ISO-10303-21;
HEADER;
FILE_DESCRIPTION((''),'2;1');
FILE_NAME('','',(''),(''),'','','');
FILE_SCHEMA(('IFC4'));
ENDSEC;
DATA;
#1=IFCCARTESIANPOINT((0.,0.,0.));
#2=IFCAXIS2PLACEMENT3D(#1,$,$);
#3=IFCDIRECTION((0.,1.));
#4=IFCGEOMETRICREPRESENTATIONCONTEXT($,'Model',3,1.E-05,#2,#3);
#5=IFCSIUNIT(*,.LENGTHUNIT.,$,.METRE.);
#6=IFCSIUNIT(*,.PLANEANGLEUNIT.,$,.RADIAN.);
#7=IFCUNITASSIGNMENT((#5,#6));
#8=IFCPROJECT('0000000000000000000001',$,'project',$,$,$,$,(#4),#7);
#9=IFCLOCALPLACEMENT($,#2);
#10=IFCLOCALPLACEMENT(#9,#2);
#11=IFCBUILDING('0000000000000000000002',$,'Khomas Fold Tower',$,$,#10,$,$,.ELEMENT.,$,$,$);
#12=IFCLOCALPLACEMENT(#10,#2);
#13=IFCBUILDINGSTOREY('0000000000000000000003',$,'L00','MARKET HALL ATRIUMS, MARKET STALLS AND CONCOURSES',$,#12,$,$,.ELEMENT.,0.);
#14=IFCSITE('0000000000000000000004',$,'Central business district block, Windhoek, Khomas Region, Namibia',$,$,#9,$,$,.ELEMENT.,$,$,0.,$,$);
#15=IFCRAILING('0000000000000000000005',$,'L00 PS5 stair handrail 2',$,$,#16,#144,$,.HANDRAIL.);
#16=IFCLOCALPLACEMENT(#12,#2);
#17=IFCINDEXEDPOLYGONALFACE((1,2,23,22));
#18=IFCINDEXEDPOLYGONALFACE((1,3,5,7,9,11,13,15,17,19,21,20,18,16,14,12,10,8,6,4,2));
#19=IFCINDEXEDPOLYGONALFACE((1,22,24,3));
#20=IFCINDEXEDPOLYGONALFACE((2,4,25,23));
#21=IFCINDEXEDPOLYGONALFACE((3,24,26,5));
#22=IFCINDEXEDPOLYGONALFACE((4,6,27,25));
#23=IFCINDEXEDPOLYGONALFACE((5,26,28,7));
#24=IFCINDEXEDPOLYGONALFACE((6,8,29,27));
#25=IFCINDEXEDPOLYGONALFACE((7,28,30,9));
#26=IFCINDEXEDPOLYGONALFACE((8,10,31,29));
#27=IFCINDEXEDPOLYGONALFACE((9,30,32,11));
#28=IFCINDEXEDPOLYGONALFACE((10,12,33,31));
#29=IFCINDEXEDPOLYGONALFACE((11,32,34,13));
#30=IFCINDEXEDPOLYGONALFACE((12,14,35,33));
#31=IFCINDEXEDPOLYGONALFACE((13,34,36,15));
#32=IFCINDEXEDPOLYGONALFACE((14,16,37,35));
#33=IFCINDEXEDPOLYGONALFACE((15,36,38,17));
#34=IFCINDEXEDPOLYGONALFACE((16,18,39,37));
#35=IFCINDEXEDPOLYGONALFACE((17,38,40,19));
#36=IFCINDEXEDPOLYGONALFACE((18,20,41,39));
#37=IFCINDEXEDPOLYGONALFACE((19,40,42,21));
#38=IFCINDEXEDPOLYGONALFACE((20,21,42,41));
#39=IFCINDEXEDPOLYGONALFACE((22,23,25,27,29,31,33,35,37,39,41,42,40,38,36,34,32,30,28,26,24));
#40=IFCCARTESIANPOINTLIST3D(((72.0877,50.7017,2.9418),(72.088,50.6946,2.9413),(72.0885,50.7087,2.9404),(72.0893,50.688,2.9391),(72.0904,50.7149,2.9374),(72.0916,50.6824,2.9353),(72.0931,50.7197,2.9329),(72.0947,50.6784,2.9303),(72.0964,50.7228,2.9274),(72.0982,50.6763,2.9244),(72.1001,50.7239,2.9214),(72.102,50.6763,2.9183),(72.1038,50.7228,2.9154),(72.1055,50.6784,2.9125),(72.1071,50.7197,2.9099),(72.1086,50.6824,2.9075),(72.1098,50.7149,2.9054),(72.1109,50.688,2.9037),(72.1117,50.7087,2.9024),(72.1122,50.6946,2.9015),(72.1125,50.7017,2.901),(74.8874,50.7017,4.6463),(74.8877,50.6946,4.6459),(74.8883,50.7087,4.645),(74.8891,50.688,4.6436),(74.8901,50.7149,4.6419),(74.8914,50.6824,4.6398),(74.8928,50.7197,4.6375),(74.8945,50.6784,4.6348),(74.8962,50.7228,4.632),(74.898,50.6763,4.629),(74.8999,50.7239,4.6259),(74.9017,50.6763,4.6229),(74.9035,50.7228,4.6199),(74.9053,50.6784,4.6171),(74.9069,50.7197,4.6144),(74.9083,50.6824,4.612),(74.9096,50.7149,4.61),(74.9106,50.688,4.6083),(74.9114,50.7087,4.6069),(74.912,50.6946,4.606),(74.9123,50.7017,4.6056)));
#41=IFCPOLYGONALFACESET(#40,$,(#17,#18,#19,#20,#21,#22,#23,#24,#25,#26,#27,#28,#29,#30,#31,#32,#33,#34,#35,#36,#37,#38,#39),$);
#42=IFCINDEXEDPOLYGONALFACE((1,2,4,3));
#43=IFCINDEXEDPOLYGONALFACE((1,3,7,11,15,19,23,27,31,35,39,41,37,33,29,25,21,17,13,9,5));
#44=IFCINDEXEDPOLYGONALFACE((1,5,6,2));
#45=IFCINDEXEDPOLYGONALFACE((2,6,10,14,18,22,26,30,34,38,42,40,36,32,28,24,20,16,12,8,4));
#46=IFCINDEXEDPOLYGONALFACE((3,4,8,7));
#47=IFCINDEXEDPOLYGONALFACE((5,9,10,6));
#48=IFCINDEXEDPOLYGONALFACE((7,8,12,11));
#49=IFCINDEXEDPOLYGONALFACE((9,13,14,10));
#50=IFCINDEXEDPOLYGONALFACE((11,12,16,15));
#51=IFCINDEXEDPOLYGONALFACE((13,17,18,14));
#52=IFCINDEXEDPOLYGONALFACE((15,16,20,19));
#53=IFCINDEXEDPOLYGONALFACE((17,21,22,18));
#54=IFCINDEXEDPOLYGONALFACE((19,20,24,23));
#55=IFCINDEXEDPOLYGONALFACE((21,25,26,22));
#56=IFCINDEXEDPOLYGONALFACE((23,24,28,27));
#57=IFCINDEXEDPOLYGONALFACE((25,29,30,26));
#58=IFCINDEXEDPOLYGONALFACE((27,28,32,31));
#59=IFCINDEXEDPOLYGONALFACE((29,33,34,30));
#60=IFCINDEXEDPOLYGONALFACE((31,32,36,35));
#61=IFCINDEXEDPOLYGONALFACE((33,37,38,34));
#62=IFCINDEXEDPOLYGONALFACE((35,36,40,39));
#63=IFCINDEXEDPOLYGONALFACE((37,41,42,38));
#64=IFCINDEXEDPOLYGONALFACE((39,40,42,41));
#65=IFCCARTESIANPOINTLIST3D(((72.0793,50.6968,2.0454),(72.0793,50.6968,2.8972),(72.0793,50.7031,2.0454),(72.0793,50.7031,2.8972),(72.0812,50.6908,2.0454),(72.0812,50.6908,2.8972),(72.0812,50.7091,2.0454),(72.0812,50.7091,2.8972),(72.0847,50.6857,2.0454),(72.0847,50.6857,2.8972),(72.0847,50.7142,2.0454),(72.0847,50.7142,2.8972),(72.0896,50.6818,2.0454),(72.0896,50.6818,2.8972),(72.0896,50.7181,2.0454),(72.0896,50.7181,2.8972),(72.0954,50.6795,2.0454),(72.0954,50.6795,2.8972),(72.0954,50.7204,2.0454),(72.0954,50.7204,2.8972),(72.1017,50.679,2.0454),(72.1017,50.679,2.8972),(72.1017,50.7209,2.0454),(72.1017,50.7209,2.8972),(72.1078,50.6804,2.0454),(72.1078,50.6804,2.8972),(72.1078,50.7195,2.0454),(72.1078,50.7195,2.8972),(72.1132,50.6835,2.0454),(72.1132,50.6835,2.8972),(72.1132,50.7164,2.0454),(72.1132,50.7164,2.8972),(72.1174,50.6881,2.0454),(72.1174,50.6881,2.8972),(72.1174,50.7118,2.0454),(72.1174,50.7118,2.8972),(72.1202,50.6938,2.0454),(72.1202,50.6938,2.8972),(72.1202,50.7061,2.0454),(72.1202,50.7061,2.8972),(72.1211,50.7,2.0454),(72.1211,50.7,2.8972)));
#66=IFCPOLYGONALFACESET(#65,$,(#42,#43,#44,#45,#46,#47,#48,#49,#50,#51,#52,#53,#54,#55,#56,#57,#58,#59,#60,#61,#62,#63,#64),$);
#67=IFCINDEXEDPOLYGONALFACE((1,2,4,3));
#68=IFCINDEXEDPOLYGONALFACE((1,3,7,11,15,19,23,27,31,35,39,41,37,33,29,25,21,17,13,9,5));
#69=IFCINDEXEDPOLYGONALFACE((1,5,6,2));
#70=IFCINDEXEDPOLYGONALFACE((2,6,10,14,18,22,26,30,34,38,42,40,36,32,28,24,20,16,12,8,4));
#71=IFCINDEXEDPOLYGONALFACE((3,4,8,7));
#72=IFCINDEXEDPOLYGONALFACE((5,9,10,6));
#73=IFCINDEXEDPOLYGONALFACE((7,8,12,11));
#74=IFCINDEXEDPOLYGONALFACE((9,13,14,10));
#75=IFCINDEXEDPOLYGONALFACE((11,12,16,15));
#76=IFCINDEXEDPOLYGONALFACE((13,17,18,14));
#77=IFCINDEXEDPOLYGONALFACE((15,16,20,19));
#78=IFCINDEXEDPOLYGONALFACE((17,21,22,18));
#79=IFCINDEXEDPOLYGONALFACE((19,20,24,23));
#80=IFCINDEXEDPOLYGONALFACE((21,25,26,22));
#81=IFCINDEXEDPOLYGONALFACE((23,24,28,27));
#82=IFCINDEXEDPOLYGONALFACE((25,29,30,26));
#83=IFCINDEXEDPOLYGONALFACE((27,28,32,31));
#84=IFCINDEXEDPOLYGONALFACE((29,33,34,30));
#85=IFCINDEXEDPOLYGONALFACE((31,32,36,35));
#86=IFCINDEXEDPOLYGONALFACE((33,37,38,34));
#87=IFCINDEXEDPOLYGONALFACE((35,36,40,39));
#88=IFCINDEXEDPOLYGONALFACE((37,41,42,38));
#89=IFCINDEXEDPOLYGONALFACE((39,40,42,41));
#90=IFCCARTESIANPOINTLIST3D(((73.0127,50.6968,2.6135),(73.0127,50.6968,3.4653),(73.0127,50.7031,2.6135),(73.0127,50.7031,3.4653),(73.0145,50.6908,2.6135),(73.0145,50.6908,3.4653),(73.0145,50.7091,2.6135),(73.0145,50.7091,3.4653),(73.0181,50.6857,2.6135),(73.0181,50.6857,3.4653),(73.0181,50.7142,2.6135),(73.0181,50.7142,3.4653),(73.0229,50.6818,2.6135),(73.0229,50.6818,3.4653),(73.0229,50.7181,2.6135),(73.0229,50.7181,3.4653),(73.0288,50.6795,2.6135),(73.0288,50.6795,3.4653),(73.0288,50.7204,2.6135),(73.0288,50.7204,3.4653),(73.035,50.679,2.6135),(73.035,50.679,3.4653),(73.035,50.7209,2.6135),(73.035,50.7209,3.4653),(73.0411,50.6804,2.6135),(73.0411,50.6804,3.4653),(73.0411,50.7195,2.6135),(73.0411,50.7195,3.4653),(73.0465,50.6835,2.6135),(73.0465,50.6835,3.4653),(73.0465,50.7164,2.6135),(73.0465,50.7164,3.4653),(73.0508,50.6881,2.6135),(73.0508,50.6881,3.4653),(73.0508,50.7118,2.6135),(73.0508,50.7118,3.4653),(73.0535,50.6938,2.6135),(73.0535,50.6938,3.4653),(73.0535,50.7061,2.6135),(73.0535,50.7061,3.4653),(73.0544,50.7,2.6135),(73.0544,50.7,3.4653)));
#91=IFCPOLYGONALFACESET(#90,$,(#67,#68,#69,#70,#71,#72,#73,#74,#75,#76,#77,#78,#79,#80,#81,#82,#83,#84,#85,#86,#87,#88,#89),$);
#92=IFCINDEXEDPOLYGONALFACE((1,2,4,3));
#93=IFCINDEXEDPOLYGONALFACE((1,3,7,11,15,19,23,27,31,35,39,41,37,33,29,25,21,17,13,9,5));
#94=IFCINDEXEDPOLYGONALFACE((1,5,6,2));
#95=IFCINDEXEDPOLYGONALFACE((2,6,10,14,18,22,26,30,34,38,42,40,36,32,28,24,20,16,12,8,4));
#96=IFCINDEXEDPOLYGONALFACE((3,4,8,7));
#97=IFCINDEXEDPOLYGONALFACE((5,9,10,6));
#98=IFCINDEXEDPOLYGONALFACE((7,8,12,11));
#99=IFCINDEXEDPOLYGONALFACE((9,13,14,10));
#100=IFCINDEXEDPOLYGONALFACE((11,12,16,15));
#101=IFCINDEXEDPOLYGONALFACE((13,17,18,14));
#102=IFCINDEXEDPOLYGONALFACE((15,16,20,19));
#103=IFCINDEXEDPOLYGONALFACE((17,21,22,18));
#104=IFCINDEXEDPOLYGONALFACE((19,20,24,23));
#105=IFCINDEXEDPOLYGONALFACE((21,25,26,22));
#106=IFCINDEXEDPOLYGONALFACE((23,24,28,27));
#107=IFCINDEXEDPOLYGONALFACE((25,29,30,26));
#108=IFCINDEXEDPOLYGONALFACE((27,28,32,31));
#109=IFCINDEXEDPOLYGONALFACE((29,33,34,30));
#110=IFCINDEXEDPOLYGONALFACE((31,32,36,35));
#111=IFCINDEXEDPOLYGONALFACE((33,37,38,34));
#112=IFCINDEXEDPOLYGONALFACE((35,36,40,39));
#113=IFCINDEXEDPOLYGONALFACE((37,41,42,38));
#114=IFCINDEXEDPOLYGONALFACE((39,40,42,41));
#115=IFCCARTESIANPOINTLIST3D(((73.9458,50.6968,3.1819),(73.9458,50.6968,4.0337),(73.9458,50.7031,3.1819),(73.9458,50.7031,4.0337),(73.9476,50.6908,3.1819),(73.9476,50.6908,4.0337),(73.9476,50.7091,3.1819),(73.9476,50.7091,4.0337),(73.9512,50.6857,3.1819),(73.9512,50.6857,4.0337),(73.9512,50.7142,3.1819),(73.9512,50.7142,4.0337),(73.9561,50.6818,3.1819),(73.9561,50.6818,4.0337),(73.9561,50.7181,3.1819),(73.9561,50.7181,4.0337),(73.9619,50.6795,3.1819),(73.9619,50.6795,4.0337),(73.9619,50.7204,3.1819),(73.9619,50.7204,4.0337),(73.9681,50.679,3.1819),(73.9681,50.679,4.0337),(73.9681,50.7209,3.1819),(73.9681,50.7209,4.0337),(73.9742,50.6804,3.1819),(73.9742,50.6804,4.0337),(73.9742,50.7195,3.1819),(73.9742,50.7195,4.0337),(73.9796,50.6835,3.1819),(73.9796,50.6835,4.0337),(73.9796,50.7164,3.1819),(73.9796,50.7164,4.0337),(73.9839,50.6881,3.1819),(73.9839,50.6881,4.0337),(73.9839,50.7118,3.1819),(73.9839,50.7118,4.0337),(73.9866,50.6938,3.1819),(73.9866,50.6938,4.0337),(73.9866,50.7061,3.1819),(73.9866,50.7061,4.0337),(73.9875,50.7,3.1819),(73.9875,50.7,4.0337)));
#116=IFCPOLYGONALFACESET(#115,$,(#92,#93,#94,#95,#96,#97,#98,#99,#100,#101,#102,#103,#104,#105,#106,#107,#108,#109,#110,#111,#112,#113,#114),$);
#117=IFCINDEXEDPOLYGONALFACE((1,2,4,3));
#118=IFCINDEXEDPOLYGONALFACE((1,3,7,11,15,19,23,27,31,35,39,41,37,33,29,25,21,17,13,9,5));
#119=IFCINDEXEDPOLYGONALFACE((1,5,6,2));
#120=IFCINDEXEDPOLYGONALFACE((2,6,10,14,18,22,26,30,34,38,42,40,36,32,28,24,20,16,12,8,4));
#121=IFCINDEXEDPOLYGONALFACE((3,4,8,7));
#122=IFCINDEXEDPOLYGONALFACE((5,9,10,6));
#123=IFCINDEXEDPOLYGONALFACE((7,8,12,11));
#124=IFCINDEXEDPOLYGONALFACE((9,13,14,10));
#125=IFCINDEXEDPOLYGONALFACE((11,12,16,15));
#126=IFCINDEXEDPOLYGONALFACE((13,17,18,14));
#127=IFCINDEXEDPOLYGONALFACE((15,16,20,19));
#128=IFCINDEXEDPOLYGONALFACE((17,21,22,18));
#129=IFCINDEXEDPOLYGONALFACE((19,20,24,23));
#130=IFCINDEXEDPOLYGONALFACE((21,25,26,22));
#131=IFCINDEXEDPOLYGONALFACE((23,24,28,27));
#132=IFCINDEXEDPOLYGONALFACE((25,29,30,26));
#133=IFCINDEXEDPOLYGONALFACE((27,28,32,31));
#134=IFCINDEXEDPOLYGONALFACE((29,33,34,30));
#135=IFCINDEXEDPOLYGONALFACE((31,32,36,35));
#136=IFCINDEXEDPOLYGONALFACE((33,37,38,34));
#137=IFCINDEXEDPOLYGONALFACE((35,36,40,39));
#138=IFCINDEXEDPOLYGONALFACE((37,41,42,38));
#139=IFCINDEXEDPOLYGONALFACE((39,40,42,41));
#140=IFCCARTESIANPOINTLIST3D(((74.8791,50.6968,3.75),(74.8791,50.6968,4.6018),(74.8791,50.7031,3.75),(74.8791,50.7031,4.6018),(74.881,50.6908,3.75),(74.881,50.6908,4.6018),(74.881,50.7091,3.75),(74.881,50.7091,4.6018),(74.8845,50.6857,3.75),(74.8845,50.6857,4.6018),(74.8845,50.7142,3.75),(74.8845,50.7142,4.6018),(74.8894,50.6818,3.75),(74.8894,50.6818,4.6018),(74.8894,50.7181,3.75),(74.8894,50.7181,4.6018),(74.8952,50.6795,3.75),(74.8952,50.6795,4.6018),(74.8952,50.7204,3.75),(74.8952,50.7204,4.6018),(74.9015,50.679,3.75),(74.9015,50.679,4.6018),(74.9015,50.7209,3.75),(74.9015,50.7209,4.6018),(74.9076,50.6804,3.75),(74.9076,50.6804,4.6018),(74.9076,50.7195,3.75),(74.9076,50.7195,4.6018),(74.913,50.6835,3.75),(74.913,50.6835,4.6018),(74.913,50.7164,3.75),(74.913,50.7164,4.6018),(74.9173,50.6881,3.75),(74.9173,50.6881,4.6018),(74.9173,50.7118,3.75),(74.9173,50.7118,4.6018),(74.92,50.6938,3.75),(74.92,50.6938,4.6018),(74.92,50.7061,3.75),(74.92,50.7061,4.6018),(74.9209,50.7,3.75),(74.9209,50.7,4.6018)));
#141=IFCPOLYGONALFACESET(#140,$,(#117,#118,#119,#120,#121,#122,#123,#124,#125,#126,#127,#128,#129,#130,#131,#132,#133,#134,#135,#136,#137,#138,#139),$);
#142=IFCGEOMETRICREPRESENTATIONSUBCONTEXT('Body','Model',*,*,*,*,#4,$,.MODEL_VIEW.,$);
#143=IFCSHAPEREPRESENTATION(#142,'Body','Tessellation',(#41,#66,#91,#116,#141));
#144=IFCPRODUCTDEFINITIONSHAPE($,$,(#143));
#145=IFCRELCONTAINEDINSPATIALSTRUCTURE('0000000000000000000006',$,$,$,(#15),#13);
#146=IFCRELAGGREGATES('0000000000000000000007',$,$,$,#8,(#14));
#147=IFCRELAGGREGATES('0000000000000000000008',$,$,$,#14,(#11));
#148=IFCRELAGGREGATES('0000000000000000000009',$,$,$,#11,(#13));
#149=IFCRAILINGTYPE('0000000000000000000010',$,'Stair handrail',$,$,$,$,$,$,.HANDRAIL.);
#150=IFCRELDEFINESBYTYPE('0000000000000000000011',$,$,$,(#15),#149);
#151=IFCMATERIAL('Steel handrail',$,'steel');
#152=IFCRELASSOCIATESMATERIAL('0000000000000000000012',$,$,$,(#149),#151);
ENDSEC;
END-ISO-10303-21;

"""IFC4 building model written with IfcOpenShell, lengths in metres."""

from ifc_helpers import new_model, si_unit, direction, frame, origin, origin_2d, place, context, subcontext, project, spatial, circle, extrude, source, transform, mapped, material, type_object, element, save


model = new_model("IFC4")

# Units and contexts
model_context = context("Model", 3, precision=1e-05, world=origin(), true_north=direction((0.0, 1.0)))
body_context = subcontext(model_context, "Body", "Model", "MODEL_VIEW")
ifc_project = project(units=[si_unit("LENGTHUNIT", "METRE"), si_unit("PLANEANGLEUNIT", "RADIAN")], contexts=[model_context])

# Site, building, storey
site_placement = place(None, origin())
site = spatial("IfcSite", under=ifc_project, at=site_placement, Name="Central business district block, Windhoek, Khomas Region, Namibia", CompositionType="ELEMENT", RefElevation=0.0)
building_placement = place(site_placement, origin())
building = spatial("IfcBuilding", under=site, at=building_placement, Name="Khomas Fold Tower", CompositionType="ELEMENT")
storey_placement = place(building_placement, origin())
storey = spatial("IfcBuildingStorey", under=building, at=storey_placement, Name="L00", Description="MARKET HALL ATRIUMS, MARKET STALLS AND CONCOURSES", CompositionType="ELEMENT", Elevation=0.0)

# Railing
ifc_material_1 = material(Name="Steel handrail", Category="steel")
railing_type_1 = type_object("IfcRailingType", Name="Stair handrail", PredefinedType="HANDRAIL", material=ifc_material_1)
shared_shape_1 = source(origin(), body_context, "Body", "SweptSolid", [
    extrude(circle(Radius=0.0239, at=origin_2d()), frame((0.0, 0.0, 0.876), z_axis=(0.85415, 0.0, 0.520027), x_axis=(0.0, 1.0, 0.0)), (0.0, 0.0, 1.0), 3.2778),
    extrude(circle(Radius=0.021, at=origin_2d()), origin(), (0.0, 0.0, 1.0), 0.8518),
    extrude(circle(Radius=0.021, at=origin_2d()), frame((0.9333, 0.0, 0.5681)), (0.0, 0.0, 1.0), 0.8518),
    extrude(circle(Radius=0.021, at=origin_2d()), frame((1.8665, 0.0, 1.1365)), (0.0, 0.0, 1.0), 0.8518),
    extrude(circle(Radius=0.021, at=origin_2d()), frame((2.7998, 0.0, 1.7046)), (0.0, 0.0, 1.0), 0.8518),
])
for number, where, name in (
    (1, (72.1001, 50.7, 2.0454), "L00 PS5 stair handrail 2"),
):
    element("IfcRailing", number, at=place(storey_placement, frame(where)), inside=storey, type_object=railing_type_1, Name=name, PredefinedType="HANDRAIL", context=body_context, shape_type="MappedRepresentation", body=[
        mapped(shared_shape_1, transform((0.0, 0.0, 0.0))),
    ])

save(model, "model.ifc")
